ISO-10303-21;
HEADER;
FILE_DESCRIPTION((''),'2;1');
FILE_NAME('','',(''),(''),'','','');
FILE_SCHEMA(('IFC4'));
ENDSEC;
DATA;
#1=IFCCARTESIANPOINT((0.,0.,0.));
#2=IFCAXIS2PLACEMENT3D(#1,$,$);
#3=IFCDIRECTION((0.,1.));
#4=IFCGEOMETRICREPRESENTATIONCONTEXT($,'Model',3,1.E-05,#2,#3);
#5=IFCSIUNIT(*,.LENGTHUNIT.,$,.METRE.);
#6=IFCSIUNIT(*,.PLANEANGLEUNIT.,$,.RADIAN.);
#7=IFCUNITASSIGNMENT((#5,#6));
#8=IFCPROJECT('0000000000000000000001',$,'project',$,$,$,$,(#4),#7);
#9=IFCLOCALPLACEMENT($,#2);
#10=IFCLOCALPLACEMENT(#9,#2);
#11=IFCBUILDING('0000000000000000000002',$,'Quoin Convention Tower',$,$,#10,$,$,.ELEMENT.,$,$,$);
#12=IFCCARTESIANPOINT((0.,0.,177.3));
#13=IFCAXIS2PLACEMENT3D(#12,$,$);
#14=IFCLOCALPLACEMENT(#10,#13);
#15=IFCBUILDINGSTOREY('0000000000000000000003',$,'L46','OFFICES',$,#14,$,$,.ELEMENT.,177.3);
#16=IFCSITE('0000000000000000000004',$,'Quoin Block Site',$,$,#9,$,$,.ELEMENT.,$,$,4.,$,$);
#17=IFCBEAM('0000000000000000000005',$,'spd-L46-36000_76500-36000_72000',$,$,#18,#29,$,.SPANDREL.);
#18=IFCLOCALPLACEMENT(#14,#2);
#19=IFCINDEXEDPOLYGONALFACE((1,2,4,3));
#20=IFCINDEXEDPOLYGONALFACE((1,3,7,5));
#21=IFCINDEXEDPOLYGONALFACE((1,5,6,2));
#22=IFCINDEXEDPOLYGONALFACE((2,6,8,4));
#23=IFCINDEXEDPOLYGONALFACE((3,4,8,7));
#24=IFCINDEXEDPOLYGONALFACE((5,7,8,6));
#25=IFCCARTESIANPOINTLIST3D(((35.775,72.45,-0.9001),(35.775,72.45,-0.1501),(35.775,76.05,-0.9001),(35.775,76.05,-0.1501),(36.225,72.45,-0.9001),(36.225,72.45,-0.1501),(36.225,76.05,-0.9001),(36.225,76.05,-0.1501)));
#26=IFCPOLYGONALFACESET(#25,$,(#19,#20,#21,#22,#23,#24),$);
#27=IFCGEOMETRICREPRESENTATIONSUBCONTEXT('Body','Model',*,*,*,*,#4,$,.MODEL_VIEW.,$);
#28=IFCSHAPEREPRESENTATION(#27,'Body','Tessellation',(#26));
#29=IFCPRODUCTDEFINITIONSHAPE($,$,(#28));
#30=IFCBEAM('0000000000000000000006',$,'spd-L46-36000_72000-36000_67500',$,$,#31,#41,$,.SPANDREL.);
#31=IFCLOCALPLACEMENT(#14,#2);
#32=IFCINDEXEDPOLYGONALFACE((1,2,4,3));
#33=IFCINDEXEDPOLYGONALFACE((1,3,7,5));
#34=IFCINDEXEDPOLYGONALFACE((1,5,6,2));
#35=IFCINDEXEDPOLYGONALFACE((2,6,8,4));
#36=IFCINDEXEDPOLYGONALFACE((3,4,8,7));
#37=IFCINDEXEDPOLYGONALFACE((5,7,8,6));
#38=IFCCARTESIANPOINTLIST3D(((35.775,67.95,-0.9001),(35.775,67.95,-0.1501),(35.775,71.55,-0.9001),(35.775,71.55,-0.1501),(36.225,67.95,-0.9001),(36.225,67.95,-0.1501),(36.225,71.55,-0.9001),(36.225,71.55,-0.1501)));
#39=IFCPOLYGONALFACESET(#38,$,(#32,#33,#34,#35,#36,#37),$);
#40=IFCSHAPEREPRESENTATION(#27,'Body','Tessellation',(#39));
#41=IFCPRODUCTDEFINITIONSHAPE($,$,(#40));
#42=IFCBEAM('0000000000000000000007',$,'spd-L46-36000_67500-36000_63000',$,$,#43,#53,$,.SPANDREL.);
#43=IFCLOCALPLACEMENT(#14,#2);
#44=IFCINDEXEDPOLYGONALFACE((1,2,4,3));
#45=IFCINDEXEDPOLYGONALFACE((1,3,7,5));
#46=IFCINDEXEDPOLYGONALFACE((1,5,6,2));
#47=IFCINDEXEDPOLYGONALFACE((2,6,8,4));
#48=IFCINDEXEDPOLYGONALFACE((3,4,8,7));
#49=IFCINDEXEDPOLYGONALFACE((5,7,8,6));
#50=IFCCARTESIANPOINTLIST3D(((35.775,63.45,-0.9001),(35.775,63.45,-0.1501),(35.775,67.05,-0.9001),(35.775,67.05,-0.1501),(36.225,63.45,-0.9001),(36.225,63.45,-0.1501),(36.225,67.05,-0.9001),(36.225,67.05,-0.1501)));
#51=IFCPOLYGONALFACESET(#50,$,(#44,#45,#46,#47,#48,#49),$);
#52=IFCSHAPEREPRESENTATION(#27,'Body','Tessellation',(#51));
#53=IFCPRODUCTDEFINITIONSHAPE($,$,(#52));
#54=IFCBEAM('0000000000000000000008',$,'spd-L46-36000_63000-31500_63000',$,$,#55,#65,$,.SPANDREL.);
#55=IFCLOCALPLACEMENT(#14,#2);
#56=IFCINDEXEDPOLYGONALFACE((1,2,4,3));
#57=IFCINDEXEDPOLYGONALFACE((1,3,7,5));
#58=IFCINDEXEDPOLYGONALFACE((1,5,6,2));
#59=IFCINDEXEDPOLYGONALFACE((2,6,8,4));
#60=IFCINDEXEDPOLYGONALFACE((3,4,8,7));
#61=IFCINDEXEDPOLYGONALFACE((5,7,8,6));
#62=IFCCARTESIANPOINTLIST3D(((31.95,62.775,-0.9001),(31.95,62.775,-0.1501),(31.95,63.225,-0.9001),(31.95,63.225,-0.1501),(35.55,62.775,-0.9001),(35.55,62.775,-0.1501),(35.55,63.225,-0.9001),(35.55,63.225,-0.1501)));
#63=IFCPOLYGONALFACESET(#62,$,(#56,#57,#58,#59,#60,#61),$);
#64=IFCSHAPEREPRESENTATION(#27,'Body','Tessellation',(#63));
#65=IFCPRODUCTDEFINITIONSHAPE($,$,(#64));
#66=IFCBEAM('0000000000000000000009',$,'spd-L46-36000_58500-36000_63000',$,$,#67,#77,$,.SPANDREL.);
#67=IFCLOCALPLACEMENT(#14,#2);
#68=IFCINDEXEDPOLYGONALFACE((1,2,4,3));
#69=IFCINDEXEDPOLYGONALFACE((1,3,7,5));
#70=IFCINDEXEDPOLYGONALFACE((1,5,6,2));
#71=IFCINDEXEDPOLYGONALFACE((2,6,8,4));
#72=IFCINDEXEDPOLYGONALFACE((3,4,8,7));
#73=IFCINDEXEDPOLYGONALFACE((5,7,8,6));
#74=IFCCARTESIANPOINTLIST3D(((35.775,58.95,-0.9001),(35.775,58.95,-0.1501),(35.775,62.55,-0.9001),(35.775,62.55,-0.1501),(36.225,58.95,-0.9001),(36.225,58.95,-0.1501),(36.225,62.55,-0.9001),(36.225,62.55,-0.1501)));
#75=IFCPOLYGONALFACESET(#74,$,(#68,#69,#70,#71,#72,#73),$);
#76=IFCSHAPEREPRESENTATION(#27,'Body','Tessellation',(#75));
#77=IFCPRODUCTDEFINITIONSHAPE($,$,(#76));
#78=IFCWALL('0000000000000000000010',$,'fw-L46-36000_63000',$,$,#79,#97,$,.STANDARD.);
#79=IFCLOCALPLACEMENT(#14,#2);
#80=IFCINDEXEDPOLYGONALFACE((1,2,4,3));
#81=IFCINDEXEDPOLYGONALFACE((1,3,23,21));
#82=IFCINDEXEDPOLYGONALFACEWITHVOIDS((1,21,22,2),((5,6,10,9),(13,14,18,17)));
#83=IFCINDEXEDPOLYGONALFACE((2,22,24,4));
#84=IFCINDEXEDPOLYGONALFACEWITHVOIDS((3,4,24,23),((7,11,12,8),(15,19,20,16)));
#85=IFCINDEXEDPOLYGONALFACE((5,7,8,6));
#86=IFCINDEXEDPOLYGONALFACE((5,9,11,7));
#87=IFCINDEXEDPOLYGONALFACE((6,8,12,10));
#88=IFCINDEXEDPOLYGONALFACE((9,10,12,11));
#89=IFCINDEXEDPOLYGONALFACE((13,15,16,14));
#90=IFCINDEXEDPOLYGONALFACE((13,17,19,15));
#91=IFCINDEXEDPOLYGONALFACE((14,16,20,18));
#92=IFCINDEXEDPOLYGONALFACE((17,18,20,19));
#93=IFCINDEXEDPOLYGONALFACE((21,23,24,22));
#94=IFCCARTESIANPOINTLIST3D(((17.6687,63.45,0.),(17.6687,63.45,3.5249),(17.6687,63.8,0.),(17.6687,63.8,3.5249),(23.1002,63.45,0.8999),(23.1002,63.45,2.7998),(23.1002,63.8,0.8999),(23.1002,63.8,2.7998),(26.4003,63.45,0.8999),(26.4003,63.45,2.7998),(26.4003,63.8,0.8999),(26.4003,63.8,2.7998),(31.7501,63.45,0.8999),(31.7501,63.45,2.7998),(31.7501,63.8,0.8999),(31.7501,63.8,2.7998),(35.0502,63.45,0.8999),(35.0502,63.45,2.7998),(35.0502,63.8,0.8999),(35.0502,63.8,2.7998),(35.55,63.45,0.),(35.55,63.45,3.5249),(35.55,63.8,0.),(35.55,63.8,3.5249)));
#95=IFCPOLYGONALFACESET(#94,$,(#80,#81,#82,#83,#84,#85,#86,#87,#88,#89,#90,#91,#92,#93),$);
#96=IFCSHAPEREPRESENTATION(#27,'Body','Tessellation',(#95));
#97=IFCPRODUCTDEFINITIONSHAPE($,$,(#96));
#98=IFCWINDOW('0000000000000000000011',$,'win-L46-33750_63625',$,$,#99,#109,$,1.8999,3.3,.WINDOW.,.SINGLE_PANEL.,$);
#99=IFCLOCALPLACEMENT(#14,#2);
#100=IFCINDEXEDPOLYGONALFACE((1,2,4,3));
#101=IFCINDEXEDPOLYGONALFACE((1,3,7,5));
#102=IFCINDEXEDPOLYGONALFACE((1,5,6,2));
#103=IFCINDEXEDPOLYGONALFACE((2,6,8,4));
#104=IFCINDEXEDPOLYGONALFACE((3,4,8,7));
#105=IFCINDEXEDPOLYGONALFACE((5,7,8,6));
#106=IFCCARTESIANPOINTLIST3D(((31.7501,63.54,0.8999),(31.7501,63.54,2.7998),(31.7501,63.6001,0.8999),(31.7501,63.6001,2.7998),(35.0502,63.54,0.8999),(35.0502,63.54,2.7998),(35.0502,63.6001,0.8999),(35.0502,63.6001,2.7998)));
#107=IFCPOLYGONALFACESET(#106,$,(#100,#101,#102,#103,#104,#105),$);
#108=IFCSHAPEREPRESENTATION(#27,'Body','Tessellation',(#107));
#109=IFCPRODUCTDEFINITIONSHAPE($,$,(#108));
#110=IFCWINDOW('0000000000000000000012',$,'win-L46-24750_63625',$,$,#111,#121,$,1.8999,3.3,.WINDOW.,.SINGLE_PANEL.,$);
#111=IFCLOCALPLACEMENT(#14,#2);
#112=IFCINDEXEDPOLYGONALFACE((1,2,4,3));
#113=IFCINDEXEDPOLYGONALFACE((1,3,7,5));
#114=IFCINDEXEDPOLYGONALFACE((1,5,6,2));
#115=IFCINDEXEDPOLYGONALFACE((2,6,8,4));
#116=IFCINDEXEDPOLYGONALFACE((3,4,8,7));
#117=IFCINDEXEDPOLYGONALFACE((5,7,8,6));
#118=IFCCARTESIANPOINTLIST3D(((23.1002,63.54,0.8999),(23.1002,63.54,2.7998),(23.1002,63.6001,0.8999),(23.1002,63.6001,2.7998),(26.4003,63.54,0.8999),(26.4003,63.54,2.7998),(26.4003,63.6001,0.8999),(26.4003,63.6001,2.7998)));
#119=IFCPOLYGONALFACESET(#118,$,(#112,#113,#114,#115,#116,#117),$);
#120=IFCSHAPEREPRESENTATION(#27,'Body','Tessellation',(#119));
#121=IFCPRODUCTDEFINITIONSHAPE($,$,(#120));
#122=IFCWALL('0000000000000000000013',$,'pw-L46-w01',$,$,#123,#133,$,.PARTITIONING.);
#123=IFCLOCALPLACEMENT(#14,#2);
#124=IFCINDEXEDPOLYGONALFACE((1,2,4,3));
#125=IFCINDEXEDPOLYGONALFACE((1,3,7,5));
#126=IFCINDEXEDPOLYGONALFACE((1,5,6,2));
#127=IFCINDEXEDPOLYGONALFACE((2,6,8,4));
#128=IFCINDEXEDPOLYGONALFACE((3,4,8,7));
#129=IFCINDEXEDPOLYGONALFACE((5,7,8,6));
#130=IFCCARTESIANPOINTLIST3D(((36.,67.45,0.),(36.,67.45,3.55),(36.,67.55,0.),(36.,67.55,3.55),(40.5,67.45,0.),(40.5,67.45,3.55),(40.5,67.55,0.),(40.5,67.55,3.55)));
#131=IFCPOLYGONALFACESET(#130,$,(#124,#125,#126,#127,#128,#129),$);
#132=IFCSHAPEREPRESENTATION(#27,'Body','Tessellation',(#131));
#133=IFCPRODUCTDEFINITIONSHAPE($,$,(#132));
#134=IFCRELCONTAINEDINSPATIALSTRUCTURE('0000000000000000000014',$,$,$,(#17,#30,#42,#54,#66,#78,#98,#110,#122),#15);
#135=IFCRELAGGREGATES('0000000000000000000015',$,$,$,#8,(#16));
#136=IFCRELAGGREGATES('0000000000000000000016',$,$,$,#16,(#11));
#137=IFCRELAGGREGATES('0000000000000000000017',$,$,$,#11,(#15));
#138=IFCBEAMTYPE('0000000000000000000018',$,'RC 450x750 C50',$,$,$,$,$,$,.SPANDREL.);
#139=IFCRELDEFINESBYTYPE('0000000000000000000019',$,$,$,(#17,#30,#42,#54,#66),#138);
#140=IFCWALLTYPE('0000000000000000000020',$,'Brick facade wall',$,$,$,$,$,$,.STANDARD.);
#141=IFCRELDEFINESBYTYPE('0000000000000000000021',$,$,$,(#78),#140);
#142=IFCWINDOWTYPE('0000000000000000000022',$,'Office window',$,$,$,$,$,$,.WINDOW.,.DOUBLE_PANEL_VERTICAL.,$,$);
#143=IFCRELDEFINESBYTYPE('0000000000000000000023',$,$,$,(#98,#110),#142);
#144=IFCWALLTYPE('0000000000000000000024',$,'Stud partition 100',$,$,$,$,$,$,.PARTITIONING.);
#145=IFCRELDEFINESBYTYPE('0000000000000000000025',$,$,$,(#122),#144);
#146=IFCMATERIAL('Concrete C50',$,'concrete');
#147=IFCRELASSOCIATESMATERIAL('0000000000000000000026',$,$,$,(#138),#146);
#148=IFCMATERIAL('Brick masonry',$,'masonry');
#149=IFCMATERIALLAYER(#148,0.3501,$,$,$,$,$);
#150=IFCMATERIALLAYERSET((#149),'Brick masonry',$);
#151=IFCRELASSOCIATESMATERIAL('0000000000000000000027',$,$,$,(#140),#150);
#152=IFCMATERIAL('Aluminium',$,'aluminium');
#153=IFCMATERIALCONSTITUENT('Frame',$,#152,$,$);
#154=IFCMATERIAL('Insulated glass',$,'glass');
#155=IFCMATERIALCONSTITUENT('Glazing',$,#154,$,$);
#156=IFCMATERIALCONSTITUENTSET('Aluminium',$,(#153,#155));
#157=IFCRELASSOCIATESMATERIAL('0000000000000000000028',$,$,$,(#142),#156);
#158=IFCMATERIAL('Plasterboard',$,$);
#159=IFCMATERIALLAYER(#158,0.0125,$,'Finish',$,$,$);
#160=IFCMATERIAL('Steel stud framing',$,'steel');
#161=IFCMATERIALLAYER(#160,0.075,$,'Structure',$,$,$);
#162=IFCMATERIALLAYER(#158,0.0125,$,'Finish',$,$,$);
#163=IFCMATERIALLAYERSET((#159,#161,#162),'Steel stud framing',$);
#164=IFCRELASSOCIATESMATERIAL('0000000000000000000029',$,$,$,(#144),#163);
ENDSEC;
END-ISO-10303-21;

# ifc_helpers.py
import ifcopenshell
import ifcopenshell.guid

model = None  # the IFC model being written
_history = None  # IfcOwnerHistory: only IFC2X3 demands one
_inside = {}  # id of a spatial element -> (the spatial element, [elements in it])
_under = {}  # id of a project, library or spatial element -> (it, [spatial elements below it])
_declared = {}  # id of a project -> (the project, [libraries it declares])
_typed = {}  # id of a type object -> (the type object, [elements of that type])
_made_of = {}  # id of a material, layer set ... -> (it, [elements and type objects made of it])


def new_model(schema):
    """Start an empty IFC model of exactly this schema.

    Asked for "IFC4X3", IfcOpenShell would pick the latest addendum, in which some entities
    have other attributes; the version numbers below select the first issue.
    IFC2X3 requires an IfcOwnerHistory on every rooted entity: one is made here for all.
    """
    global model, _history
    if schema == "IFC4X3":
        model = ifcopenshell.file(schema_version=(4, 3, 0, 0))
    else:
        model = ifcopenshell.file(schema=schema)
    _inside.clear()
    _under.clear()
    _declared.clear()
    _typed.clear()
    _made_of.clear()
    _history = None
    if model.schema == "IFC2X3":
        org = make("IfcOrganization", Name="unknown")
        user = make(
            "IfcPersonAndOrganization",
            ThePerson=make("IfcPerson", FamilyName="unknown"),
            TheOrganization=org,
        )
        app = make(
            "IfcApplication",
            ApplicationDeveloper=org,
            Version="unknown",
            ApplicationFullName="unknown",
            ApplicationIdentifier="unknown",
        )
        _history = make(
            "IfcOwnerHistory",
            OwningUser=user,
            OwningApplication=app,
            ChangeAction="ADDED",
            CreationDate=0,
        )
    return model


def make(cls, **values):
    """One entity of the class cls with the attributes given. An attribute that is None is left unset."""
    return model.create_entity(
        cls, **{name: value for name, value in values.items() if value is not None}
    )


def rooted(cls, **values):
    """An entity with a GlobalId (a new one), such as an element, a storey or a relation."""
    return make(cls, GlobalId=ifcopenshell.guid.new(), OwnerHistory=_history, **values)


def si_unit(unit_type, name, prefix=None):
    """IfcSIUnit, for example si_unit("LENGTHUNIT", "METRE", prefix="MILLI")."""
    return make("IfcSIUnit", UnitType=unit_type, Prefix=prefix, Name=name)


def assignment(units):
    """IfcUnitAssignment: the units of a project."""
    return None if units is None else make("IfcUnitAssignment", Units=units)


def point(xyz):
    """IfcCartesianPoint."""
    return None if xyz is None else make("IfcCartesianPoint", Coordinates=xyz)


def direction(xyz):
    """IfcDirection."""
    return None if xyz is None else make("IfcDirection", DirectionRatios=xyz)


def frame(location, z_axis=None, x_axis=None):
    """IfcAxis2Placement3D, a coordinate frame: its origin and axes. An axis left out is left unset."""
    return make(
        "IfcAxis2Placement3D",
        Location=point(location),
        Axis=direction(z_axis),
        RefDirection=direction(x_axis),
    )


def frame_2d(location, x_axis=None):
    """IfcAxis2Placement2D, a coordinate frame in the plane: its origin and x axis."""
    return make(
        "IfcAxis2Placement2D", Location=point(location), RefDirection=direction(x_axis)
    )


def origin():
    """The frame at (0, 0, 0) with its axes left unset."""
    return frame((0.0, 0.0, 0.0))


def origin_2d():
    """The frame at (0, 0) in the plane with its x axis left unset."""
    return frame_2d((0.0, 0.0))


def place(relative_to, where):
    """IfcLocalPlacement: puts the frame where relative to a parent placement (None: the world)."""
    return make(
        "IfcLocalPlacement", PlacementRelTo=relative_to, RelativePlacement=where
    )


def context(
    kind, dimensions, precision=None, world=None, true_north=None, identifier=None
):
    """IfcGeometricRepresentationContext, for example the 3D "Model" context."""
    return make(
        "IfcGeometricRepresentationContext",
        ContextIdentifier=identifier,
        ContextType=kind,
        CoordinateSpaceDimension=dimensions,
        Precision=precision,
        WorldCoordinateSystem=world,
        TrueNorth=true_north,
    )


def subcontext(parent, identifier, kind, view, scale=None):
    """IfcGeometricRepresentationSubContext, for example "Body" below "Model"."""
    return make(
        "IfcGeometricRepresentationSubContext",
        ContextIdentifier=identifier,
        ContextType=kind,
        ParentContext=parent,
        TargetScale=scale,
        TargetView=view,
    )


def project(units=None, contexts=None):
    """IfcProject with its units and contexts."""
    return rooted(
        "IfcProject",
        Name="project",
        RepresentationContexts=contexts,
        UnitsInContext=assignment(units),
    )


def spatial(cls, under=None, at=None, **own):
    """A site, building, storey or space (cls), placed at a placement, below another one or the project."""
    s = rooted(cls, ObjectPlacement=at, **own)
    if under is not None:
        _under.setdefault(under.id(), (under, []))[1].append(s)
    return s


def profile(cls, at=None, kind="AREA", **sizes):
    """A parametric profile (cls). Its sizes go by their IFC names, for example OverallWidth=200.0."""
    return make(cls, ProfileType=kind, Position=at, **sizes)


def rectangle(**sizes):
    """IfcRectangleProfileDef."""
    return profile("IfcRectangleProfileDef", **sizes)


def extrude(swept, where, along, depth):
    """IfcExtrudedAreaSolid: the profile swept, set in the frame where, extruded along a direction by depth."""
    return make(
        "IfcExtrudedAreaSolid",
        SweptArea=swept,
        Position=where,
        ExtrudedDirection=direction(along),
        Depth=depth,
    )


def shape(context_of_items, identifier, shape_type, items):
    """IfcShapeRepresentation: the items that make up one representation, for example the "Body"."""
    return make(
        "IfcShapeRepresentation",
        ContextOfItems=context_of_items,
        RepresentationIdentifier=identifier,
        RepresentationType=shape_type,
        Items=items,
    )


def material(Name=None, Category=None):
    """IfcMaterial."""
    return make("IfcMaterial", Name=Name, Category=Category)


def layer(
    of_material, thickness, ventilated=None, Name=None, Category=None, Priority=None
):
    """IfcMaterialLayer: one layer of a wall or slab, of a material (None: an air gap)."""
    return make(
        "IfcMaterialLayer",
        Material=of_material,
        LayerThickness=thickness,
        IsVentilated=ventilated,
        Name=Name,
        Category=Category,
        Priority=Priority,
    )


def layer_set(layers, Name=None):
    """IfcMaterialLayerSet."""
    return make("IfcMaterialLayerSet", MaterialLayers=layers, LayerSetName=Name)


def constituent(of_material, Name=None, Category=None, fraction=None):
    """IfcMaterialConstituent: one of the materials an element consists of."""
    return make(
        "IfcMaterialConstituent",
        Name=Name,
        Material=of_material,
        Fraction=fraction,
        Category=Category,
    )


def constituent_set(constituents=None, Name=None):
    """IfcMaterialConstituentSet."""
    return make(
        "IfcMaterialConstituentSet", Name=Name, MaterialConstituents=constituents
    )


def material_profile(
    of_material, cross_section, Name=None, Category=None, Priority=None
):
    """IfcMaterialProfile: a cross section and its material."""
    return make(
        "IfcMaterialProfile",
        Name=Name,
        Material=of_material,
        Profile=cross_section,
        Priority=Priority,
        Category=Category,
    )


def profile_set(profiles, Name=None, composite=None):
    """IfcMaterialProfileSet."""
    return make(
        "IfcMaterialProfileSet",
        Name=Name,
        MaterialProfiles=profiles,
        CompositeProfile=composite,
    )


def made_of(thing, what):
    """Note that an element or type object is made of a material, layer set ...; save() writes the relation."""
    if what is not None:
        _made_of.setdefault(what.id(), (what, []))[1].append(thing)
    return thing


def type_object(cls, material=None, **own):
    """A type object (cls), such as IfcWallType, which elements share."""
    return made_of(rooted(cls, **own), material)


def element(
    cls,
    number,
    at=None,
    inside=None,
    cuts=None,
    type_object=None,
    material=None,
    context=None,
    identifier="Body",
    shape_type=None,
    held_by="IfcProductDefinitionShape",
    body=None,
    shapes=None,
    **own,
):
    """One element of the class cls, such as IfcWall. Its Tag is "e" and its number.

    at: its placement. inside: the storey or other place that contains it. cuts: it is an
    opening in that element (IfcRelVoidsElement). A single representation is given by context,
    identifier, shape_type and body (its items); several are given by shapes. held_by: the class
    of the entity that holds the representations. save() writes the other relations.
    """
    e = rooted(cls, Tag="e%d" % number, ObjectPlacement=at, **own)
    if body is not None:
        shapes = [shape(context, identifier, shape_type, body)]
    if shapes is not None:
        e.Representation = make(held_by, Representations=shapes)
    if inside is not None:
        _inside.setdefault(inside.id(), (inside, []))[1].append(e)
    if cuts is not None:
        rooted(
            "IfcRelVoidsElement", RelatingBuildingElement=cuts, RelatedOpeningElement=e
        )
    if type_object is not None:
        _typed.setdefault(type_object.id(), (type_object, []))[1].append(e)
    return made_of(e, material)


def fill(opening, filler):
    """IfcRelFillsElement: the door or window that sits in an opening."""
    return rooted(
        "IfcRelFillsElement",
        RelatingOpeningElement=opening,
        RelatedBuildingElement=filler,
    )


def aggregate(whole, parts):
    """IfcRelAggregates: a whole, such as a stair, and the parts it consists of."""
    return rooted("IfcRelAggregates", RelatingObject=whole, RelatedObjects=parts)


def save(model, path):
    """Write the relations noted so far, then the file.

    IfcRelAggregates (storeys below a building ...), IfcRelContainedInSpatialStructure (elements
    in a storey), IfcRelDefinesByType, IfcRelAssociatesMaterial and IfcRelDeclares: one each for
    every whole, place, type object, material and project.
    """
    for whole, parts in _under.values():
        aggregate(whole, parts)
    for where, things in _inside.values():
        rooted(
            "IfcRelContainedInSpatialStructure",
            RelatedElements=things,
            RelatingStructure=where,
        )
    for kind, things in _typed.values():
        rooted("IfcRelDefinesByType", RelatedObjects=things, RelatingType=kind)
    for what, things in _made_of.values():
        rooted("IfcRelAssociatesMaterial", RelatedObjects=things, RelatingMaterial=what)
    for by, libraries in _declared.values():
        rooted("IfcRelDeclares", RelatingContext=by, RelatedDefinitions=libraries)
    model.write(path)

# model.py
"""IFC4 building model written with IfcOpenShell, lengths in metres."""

from ifc_helpers import new_model, si_unit, direction, frame, frame_2d, origin, origin_2d, place, context, subcontext, project, spatial, rectangle, extrude, material, layer, layer_set, constituent, constituent_set, material_profile, profile_set, type_object, element, fill, save


model = new_model("IFC4")

# Units and contexts
model_context = context("Model", 3, precision=1e-05, world=origin(), true_north=direction((0.0, 1.0)))
body_context = subcontext(model_context, "Body", "Model", "MODEL_VIEW")
ifc_project = project(units=[si_unit("LENGTHUNIT", "METRE"), si_unit("PLANEANGLEUNIT", "RADIAN")], contexts=[model_context])

# Site, building, storey
site_placement = place(None, origin())
site = spatial("IfcSite", under=ifc_project, at=site_placement, Name="Quoin Block Site", CompositionType="ELEMENT", RefElevation=4.0)
building_placement = place(site_placement, origin())
building = spatial("IfcBuilding", under=site, at=building_placement, Name="Quoin Convention Tower", CompositionType="ELEMENT")
storey_placement = place(building_placement, frame((0.0, 0.0, 177.3)))
storey = spatial("IfcBuildingStorey", under=building, at=storey_placement, Name="L46", Description="OFFICES", CompositionType="ELEMENT", Elevation=177.3)

# Shared definitions
ifc_material_1 = material(Name="Concrete C50", Category="concrete")

# Beams
ifc_material_profile_1 = material_profile(ifc_material_1, rectangle(XDim=0.45, YDim=0.75, at=origin_2d()), Name="RC 450x750")
ifc_profile_set_1 = profile_set([ifc_material_profile_1], Name="Concrete C50")
beam_type_1 = type_object("IfcBeamType", Name="RC 450x750 C50", PredefinedType="SPANDREL", material=ifc_profile_set_1)
for number, where, z_axis, x_axis, name in (
    (1, (36.0, 76.05, -0.5251), (0.0, -1.0, 0.0), (1.0, 0.0, 0.0), "spd-L46-36000_76500-36000_72000"),
    (2, (36.0, 71.55, -0.5251), (0.0, -1.0, 0.0), (1.0, 0.0, 0.0), "spd-L46-36000_72000-36000_67500"),
    (3, (36.0, 67.05, -0.5251), (0.0, -1.0, 0.0), (1.0, 0.0, 0.0), "spd-L46-36000_67500-36000_63000"),
    (4, (35.55, 63.0, -0.5251), (-1.0, 0.0, 0.0), (0.0, -1.0, 0.0), "spd-L46-36000_63000-31500_63000"),
    (5, (36.0, 58.95, -0.5251), (0.0, 1.0, 0.0), (-1.0, 0.0, 0.0), "spd-L46-36000_58500-36000_63000"),
):
    element("IfcBeam", number, at=place(storey_placement, frame(where, z_axis=z_axis, x_axis=x_axis)), inside=storey, type_object=beam_type_1, Name=name, PredefinedType="SPANDREL", context=body_context, shape_type="SweptSolid", body=[
        extrude(rectangle(XDim=0.45, YDim=0.75, at=origin_2d()), origin(), (0.0, 0.0, 1.0), 3.6001),
    ])

# Wall, openings, windows
ifc_material_2 = material(Name="Brick masonry", Category="masonry")
ifc_layer_1 = layer(ifc_material_2, 0.3501)
ifc_layer_set_1 = layer_set([ifc_layer_1], Name="Brick masonry")
wall_type_1 = type_object("IfcWallType", Name="Brick facade wall", PredefinedType="STANDARD", material=ifc_layer_set_1)
wall_1_placement = place(storey_placement, frame((35.55, 63.625, 0.0), z_axis=(0.0, 0.0, 1.0), x_axis=(-1.0, 0.0, 0.0)))
wall_1 = element("IfcWall", 6, at=wall_1_placement, inside=storey, type_object=wall_type_1, Name="fw-L46-36000_63000", PredefinedType="STANDARD", context=body_context, shape_type="SweptSolid", body=[
    extrude(rectangle(XDim=17.8813, YDim=0.3501, at=frame_2d((8.9407, 0.0))), origin(), (0.0, 0.0, 1.0), 3.5249),
])
opening_1_placement = place(wall_1_placement, frame((0.5, 0.0, 0.8999)))
opening_1 = element("IfcOpeningElement", 7, at=opening_1_placement, cuts=wall_1, PredefinedType="OPENING", context=body_context, shape_type="SweptSolid", body=[
    extrude(rectangle(XDim=3.3, YDim=1.8999, at=frame_2d((1.6499, 0.95))), frame((0.0, 0.1851, 0.0), z_axis=(0.0, -1.0, 0.0), x_axis=(1.0, 0.0, 0.0)), (0.0, 0.0, 1.0), 0.3701),
])
opening_2_placement = place(wall_1_placement, frame((9.1499, 0.0, 0.8999)))
opening_2 = element("IfcOpeningElement", 8, at=opening_2_placement, cuts=wall_1, PredefinedType="OPENING", context=body_context, shape_type="SweptSolid", body=[
    extrude(rectangle(XDim=3.3, YDim=1.8999, at=frame_2d((1.6499, 0.95))), frame((0.0, 0.1851, 0.0), z_axis=(0.0, -1.0, 0.0), x_axis=(1.0, 0.0, 0.0)), (0.0, 0.0, 1.0), 0.3701),
])
ifc_material_3 = material(Name="Aluminium", Category="aluminium")
ifc_constituent_1 = constituent(ifc_material_3, Name="Frame")
ifc_material_4 = material(Name="Insulated glass", Category="glass")
ifc_constituent_2 = constituent(ifc_material_4, Name="Glazing")
ifc_constituent_set = constituent_set(constituents=[ifc_constituent_1, ifc_constituent_2], Name="Aluminium")
window_type = type_object("IfcWindowType", Name="Office window", PartitioningType="DOUBLE_PANEL_VERTICAL", PredefinedType="WINDOW", material=ifc_constituent_set)
window_1_placement = place(opening_1_placement, origin())
window_1 = element("IfcWindow", 9, at=window_1_placement, inside=storey, type_object=window_type, Name="win-L46-33750_63625", OverallHeight=1.8999, OverallWidth=3.3, PartitioningType="SINGLE_PANEL", PredefinedType="WINDOW", context=body_context, shape_type="SweptSolid", body=[
    extrude(rectangle(XDim=3.3, YDim=1.8999, at=frame_2d((1.6499, 0.95))), frame((0.0, 0.085, 0.0), z_axis=(0.0, -1.0, 0.0), x_axis=(1.0, 0.0, 0.0)), (0.0, 0.0, 1.0), 0.0601),
])
fill(opening_1, window_1)
window_2_placement = place(opening_2_placement, origin())
window_2 = element("IfcWindow", 10, at=window_2_placement, inside=storey, type_object=window_type, Name="win-L46-24750_63625", OverallHeight=1.8999, OverallWidth=3.3, PartitioningType="SINGLE_PANEL", PredefinedType="WINDOW", context=body_context, shape_type="SweptSolid", body=[
    extrude(rectangle(XDim=3.3, YDim=1.8999, at=frame_2d((1.6499, 0.95))), frame((0.0, 0.085, 0.0), z_axis=(0.0, -1.0, 0.0), x_axis=(1.0, 0.0, 0.0)), (0.0, 0.0, 1.0), 0.0601),
])
fill(opening_2, window_2)

# Wall
ifc_material_5 = material(Name="Plasterboard")
ifc_layer_2 = layer(ifc_material_5, 0.0125, Name="Finish")
ifc_material_6 = material(Name="Steel stud framing", Category="steel")
ifc_layer_3 = layer(ifc_material_6, 0.075, Name="Structure")
ifc_layer_4 = layer(ifc_material_5, 0.0125, Name="Finish")
ifc_layer_set_2 = layer_set([ifc_layer_2, ifc_layer_3, ifc_layer_4], Name="Steel stud framing")
wall_type_2 = type_object("IfcWallType", Name="Stud partition 100", PredefinedType="PARTITIONING", material=ifc_layer_set_2)
wall_2_placement = place(storey_placement, frame((36.0, 67.5, 0.0), z_axis=(0.0, 0.0, 1.0), x_axis=(1.0, 0.0, 0.0)))
element("IfcWall", 11, at=wall_2_placement, inside=storey, type_object=wall_type_2, Name="pw-L46-w01", PredefinedType="PARTITIONING", context=body_context, shape_type="SweptSolid", body=[
    extrude(rectangle(XDim=4.5, YDim=0.1001, at=frame_2d((2.25, 0.0))), origin(), (0.0, 0.0, 1.0), 3.55),
])

save(model, "model.ifc")
